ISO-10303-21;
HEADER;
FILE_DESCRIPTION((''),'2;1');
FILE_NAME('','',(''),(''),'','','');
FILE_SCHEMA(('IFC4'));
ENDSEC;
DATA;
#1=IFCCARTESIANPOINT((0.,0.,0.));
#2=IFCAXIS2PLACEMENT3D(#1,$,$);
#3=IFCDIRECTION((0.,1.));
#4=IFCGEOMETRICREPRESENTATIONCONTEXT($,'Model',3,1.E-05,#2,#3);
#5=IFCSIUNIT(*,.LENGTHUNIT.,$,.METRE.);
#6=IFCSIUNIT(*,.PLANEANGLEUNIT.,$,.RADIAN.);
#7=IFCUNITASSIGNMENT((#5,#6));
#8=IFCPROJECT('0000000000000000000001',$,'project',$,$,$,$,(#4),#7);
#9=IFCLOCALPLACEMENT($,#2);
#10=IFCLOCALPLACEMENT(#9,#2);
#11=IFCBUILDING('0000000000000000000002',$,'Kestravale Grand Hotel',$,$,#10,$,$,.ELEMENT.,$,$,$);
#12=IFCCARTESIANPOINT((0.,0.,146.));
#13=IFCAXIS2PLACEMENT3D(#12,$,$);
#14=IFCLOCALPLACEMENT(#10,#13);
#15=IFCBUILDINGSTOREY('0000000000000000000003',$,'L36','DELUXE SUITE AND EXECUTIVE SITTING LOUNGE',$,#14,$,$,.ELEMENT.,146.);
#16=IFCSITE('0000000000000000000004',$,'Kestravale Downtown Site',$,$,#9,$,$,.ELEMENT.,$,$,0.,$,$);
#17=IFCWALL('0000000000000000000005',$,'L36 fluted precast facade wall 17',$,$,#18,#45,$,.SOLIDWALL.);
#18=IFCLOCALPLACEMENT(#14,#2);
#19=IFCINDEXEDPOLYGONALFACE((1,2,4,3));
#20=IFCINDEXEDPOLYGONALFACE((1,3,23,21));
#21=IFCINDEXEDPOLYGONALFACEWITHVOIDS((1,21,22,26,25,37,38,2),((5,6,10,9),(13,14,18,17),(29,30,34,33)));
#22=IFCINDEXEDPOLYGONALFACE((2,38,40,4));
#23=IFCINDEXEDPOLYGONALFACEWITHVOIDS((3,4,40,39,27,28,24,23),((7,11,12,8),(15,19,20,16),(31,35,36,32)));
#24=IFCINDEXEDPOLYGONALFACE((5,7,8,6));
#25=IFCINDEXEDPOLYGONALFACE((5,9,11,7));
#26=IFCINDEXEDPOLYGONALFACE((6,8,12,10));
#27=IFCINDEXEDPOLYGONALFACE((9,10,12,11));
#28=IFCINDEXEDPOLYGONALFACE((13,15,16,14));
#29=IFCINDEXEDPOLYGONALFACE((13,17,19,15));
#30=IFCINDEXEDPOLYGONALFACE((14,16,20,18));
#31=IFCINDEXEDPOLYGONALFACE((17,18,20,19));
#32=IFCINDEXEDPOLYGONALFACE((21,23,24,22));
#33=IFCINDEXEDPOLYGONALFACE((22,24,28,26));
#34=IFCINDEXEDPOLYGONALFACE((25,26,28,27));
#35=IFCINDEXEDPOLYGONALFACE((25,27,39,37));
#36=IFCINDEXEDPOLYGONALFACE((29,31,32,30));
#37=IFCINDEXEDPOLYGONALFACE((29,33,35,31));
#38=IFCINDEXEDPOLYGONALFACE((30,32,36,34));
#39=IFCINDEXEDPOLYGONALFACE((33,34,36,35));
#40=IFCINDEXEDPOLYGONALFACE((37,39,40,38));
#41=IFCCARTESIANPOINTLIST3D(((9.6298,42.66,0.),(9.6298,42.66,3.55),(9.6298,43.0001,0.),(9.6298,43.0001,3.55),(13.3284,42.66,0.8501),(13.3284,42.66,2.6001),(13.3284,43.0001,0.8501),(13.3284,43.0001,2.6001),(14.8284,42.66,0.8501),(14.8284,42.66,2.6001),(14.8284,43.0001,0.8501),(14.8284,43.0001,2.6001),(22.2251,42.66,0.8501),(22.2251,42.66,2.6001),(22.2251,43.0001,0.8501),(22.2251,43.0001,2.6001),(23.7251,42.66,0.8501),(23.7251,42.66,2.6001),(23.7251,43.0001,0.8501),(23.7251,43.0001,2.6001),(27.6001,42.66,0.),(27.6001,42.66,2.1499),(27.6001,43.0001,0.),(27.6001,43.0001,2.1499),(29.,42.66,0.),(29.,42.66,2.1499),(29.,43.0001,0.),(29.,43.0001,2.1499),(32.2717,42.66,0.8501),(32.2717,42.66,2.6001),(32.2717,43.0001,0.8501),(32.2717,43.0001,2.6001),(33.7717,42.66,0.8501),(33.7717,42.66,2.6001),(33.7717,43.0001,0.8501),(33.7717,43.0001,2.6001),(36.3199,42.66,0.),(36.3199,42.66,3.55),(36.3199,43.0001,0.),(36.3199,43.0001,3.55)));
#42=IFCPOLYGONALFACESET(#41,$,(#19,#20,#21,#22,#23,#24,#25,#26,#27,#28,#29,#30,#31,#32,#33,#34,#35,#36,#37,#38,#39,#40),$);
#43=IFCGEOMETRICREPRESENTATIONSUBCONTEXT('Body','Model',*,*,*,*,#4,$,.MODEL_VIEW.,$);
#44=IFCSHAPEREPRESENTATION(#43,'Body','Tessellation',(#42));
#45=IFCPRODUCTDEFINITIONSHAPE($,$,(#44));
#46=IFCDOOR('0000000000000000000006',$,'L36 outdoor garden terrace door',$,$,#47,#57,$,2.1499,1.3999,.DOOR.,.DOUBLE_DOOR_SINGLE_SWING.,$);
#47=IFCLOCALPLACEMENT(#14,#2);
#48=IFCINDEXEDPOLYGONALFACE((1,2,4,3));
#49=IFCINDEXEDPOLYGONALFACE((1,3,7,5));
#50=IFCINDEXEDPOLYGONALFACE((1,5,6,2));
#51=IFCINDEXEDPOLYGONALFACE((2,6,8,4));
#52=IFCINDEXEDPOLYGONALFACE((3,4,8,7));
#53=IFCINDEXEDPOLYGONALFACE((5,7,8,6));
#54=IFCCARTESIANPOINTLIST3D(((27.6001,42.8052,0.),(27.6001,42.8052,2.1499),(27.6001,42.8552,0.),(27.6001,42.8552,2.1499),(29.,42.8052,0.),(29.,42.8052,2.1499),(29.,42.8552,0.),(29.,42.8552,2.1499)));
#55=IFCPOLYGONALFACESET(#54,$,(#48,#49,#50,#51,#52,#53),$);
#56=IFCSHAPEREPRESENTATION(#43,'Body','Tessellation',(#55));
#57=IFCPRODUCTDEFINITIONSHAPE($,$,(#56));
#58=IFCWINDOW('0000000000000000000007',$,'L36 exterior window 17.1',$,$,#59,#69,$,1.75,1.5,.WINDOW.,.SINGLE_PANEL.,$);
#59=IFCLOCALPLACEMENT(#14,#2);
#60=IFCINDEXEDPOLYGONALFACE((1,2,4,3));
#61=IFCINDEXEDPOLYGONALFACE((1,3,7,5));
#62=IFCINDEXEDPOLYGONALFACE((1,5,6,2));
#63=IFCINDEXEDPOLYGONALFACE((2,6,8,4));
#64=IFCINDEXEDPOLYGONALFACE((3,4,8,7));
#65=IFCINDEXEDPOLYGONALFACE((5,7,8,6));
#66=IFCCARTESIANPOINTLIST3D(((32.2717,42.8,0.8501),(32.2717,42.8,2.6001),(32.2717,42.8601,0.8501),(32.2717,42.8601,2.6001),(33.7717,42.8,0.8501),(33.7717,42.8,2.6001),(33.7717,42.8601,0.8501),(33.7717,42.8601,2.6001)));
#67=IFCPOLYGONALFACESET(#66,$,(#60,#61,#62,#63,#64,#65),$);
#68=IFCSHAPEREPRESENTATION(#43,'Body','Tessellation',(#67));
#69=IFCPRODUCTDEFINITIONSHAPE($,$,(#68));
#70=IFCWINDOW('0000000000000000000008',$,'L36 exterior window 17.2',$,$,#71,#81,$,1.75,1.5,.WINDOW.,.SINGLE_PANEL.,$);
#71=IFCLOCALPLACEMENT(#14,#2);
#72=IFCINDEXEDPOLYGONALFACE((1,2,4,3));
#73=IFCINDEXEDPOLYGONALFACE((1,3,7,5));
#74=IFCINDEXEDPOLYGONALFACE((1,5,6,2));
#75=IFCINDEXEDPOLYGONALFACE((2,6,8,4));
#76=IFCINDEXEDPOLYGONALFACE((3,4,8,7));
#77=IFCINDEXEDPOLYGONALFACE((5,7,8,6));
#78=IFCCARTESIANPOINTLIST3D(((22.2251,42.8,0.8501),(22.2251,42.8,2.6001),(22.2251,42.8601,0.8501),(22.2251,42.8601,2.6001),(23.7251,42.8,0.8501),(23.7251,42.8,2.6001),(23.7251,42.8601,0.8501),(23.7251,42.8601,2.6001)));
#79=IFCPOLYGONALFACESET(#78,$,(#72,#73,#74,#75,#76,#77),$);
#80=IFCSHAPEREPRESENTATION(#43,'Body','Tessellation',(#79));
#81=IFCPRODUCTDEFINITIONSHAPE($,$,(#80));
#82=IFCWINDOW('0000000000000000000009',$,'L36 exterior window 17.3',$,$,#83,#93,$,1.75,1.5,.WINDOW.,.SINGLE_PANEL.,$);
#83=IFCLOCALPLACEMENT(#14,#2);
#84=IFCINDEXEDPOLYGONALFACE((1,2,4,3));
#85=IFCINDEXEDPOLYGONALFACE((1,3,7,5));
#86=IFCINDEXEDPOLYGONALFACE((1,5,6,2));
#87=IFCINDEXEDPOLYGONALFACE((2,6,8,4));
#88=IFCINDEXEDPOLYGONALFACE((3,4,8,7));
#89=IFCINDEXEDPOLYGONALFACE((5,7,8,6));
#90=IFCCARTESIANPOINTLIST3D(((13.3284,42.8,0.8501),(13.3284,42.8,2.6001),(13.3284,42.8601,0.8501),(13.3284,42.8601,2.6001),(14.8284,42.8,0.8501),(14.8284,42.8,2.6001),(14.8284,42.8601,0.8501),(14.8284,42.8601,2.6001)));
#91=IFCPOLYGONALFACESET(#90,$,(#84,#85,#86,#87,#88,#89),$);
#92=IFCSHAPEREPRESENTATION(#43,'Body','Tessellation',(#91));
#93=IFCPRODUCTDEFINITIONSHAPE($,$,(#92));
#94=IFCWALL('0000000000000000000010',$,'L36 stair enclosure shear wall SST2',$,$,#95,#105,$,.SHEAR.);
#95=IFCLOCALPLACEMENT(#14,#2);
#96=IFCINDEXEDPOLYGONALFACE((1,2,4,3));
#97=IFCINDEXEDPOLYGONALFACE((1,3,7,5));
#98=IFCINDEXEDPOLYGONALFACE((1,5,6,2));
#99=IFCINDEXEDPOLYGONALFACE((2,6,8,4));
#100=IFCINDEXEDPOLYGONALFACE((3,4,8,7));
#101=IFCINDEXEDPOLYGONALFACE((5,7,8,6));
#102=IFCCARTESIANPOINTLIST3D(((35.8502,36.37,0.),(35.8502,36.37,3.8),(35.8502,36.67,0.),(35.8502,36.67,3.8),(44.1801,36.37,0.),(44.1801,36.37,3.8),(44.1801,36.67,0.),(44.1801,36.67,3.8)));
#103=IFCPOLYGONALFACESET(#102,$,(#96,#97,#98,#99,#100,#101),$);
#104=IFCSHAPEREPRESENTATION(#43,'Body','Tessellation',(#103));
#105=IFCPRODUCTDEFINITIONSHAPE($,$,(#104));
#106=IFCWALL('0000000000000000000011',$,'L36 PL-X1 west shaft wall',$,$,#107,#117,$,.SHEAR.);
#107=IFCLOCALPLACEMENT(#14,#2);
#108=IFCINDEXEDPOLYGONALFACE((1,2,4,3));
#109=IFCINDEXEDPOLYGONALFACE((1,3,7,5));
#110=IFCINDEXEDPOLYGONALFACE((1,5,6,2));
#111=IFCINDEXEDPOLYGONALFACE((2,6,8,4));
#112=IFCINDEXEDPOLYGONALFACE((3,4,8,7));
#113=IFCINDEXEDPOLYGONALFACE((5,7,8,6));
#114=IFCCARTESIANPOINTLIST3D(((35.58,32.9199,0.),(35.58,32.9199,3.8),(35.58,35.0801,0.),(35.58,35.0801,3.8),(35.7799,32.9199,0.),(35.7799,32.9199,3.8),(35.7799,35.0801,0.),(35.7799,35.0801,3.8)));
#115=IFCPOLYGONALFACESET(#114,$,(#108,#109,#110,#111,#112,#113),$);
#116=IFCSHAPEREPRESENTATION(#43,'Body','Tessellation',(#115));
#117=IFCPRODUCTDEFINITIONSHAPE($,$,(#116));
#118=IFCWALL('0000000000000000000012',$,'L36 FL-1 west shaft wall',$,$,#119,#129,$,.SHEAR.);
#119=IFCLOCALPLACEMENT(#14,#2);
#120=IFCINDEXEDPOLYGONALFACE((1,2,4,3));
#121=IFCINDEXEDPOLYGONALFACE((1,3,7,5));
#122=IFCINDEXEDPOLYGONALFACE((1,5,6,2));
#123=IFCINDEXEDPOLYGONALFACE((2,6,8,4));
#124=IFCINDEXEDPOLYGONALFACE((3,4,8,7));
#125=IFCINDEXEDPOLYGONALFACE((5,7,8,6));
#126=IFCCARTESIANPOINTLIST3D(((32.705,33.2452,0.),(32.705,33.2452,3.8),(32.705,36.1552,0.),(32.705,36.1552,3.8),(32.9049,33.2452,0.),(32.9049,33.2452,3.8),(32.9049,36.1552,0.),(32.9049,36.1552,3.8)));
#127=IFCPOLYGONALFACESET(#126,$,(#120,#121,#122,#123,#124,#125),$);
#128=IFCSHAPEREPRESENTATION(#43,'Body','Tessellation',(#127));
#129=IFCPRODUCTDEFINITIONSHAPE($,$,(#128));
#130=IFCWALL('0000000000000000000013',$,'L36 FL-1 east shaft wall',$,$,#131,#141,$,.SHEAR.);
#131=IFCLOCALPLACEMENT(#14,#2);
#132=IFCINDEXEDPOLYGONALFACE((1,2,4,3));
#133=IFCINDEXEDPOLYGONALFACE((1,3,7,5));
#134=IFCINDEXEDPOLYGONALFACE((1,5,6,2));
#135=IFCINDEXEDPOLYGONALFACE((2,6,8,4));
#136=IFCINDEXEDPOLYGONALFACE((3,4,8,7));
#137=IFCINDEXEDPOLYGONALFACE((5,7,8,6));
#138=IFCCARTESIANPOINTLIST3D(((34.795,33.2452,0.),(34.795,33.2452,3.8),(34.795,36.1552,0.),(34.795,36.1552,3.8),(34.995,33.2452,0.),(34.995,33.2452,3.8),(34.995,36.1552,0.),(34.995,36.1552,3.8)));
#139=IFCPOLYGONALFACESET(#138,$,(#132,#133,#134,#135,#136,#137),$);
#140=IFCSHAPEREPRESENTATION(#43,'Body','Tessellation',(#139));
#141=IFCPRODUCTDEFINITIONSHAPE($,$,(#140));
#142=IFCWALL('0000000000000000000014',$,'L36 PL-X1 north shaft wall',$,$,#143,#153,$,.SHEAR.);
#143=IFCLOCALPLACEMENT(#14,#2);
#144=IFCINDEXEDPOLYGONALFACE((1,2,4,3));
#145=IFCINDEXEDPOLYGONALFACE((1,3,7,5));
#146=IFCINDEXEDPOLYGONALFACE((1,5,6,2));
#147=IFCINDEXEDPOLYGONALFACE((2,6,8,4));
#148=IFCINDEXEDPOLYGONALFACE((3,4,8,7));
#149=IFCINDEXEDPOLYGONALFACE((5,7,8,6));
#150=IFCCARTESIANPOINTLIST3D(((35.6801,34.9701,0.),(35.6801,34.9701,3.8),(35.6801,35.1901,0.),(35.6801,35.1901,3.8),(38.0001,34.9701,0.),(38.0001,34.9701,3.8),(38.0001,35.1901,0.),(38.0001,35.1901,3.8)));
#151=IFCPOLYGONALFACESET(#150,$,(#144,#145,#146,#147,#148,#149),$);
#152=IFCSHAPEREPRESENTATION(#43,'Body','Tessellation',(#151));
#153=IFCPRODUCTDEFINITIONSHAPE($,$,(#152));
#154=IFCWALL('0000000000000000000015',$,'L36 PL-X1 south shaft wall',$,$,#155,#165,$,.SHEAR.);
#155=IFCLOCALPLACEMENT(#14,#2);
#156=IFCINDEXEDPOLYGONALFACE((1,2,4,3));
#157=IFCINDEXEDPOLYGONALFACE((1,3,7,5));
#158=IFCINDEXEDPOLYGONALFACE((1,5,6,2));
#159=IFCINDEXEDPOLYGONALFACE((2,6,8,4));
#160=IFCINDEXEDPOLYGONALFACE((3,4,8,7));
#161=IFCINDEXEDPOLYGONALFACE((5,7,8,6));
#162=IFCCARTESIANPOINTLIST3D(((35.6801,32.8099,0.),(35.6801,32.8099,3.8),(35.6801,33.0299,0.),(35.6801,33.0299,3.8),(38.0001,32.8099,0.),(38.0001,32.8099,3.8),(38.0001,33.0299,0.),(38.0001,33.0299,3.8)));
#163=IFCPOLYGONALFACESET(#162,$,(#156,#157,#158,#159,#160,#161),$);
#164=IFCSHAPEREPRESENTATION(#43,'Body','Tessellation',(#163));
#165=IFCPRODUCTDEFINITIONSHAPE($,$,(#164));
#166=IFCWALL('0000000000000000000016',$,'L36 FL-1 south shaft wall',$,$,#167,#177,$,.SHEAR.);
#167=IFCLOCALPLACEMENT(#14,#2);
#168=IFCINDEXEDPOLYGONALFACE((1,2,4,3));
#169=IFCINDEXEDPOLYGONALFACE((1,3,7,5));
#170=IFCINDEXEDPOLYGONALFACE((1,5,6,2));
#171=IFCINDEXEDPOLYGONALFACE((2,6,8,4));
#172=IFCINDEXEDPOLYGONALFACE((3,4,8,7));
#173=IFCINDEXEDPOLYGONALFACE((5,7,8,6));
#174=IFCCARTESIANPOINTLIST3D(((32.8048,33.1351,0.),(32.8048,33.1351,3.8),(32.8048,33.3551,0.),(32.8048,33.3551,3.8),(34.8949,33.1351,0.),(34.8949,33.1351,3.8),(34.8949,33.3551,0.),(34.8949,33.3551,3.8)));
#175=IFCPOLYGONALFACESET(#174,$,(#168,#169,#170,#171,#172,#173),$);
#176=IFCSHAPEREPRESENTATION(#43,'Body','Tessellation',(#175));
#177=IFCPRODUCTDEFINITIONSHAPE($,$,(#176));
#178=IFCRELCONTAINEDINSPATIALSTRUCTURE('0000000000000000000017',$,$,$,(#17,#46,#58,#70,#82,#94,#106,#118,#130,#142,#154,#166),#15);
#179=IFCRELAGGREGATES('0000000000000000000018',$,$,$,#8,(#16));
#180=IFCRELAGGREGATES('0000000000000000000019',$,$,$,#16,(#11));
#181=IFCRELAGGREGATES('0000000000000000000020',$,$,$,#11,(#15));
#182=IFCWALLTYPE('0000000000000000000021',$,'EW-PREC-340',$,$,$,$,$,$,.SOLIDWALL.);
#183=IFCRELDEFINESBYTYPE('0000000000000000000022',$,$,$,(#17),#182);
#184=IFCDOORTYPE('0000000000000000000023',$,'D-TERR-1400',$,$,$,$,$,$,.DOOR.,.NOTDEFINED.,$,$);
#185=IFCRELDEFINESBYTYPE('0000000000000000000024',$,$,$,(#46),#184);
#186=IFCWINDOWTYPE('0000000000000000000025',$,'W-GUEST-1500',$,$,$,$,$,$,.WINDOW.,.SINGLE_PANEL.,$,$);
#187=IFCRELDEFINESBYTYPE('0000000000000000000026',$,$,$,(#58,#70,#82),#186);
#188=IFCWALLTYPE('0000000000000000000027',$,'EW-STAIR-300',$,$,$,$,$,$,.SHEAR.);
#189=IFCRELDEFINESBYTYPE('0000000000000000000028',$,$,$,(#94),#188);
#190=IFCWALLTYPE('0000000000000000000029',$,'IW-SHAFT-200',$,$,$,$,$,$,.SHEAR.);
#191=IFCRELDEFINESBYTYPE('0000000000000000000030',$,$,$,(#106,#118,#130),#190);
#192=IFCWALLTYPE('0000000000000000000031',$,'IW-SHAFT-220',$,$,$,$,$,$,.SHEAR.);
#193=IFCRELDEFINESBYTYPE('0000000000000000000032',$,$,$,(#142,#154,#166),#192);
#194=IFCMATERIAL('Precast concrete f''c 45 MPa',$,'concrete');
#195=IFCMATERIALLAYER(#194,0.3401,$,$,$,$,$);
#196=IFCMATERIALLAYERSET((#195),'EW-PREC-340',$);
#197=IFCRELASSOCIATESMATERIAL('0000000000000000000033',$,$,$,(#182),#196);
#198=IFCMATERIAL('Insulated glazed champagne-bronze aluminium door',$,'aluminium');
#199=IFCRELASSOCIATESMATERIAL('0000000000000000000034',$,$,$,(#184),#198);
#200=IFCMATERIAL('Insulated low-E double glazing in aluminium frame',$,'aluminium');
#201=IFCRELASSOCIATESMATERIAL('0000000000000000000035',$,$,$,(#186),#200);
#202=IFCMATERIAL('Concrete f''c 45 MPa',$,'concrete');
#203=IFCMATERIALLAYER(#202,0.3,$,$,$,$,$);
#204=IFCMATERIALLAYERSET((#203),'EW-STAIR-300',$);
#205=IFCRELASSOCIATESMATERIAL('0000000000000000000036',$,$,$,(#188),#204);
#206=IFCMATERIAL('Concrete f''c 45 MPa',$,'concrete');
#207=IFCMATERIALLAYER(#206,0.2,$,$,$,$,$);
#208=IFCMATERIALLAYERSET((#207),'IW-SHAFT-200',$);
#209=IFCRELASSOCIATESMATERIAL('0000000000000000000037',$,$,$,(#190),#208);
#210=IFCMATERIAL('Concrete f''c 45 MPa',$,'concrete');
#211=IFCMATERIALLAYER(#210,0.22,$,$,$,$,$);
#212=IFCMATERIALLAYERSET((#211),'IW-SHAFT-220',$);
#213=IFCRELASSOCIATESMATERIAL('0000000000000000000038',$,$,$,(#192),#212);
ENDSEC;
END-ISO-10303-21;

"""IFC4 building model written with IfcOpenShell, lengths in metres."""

from ifc_helpers import new_model, si_unit, direction, frame, frame_2d, origin, place, context, subcontext, project, spatial, rectangle, extrude, material, layer, layer_set, type_object, element, fill, save


model = new_model("IFC4")

# Units and contexts
model_context = context("Model", 3, precision=1e-05, world=origin(), true_north=direction((0.0, 1.0)))
body_context = subcontext(model_context, "Body", "Model", "MODEL_VIEW")
ifc_project = project(units=[si_unit("LENGTHUNIT", "METRE"), si_unit("PLANEANGLEUNIT", "RADIAN")], contexts=[model_context])

# Site, building, storey
site_placement = place(None, origin())
site = spatial("IfcSite", under=ifc_project, at=site_placement, Name="Kestravale Downtown Site", CompositionType="ELEMENT", RefElevation=0.0)
building_placement = place(site_placement, origin())
building = spatial("IfcBuilding", under=site, at=building_placement, Name="Kestravale Grand Hotel", CompositionType="ELEMENT")
storey_placement = place(building_placement, frame((0.0, 0.0, 146.0)))
storey = spatial("IfcBuildingStorey", under=building, at=storey_placement, Name="L36", Description="DELUXE SUITE AND EXECUTIVE SITTING LOUNGE", CompositionType="ELEMENT", Elevation=146.0)

# Shared definitions
ifc_material_1 = material(Name="Precast concrete f'c 45 MPa", Category="concrete")
ifc_layer_1 = layer(ifc_material_1, 0.3401)
ifc_layer_set_1 = layer_set([ifc_layer_1], Name="EW-PREC-340")
wall_type_1 = type_object("IfcWallType", Name="EW-PREC-340", PredefinedType="SOLIDWALL", material=ifc_layer_set_1)

# Wall, openings, door, windows
wall_1_placement = place(storey_placement, frame((36.3201, 42.8301, 0.0), z_axis=(0.0, 0.0, 1.0), x_axis=(-1.0, 0.0, 0.0)))
wall_1 = element("IfcWall", 1, at=wall_1_placement, inside=storey, type_object=wall_type_1, Name="L36 fluted precast facade wall 17", PredefinedType="SOLIDWALL", context=body_context, shape_type="SweptSolid", body=[
    extrude(rectangle(XDim=26.6902, YDim=0.3401, at=frame_2d((13.3452, 0.0))), origin(), (0.0, 0.0, 1.0), 3.55),
])
opening_1_placement = place(wall_1_placement, frame((7.3201, 0.0, 0.0)))
opening_1 = element("IfcOpeningElement", 2, at=opening_1_placement, cuts=wall_1, PredefinedType="OPENING", context=body_context, shape_type="SweptSolid", body=[
    extrude(rectangle(XDim=1.3999, YDim=2.1499, at=frame_2d((0.7, 1.075))), frame((0.0, 0.1799, 0.0), z_axis=(0.0, -1.0, 0.0), x_axis=(1.0, 0.0, 0.0)), (0.0, 0.0, 1.0), 0.3601),
])
opening_2_placement = place(wall_1_placement, frame((2.5483, 0.0, 0.8501)))
opening_2 = element("IfcOpeningElement", 3, at=opening_2_placement, cuts=wall_1, PredefinedType="OPENING", context=body_context, shape_type="SweptSolid", body=[
    extrude(rectangle(XDim=1.5, YDim=1.75, at=frame_2d((0.75, 0.875))), frame((0.0, 0.1799, 0.0), z_axis=(0.0, -1.0, 0.0), x_axis=(1.0, 0.0, 0.0)), (0.0, 0.0, 1.0), 0.3601),
])
opening_3_placement = place(wall_1_placement, frame((12.595, 0.0, 0.8501)))
opening_3 = element("IfcOpeningElement", 4, at=opening_3_placement, cuts=wall_1, PredefinedType="OPENING", context=body_context, shape_type="SweptSolid", body=[
    extrude(rectangle(XDim=1.5, YDim=1.75, at=frame_2d((0.75, 0.875))), frame((0.0, 0.1799, 0.0), z_axis=(0.0, -1.0, 0.0), x_axis=(1.0, 0.0, 0.0)), (0.0, 0.0, 1.0), 0.3601),
])
opening_4_placement = place(wall_1_placement, frame((21.4917, 0.0, 0.8501)))
opening_4 = element("IfcOpeningElement", 5, at=opening_4_placement, cuts=wall_1, PredefinedType="OPENING", context=body_context, shape_type="SweptSolid", body=[
    extrude(rectangle(XDim=1.5, YDim=1.75, at=frame_2d((0.75, 0.875))), frame((0.0, 0.1799, 0.0), z_axis=(0.0, -1.0, 0.0), x_axis=(1.0, 0.0, 0.0)), (0.0, 0.0, 1.0), 0.3601),
])
ifc_material_2 = material(Name="Insulated glazed champagne-bronze aluminium door", Category="aluminium")
door_type_1 = type_object("IfcDoorType", Name="D-TERR-1400", OperationType="NOTDEFINED", PredefinedType="DOOR", material=ifc_material_2)
door_1_placement = place(opening_1_placement, origin())
door_1 = element("IfcDoor", 6, at=door_1_placement, inside=storey, type_object=door_type_1, Name="L36 outdoor garden terrace door", OperationType="DOUBLE_DOOR_SINGLE_SWING", OverallHeight=2.1499, OverallWidth=1.3999, PredefinedType="DOOR", context=body_context, shape_type="SweptSolid", body=[
    extrude(rectangle(XDim=1.3999, YDim=2.1499, at=frame_2d((0.7, 1.075))), frame((0.0, 0.0249, 0.0), z_axis=(0.0, -1.0, 0.0), x_axis=(1.0, 0.0, 0.0)), (0.0, 0.0, 1.0), 0.05),
])
fill(opening_1, door_1)
ifc_material_3 = material(Name="Insulated low-E double glazing in aluminium frame", Category="aluminium")
window_type = type_object("IfcWindowType", Name="W-GUEST-1500", PartitioningType="SINGLE_PANEL", PredefinedType="WINDOW", material=ifc_material_3)
window_1_placement = place(opening_2_placement, origin())
window_1 = element("IfcWindow", 7, at=window_1_placement, inside=storey, type_object=window_type, Name="L36 exterior window 17.1", OverallHeight=1.75, OverallWidth=1.5, PartitioningType="SINGLE_PANEL", PredefinedType="WINDOW", context=body_context, shape_type="SweptSolid", body=[
    extrude(rectangle(XDim=1.5, YDim=1.75, at=frame_2d((0.75, 0.875))), frame((0.0, 0.03, 0.0), z_axis=(0.0, -1.0, 0.0), x_axis=(1.0, 0.0, 0.0)), (0.0, 0.0, 1.0), 0.0601),
])
fill(opening_2, window_1)
window_2_placement = place(opening_3_placement, origin())
window_2 = element("IfcWindow", 8, at=window_2_placement, inside=storey, type_object=window_type, Name="L36 exterior window 17.2", OverallHeight=1.75, OverallWidth=1.5, PartitioningType="SINGLE_PANEL", PredefinedType="WINDOW", context=body_context, shape_type="SweptSolid", body=[
    extrude(rectangle(XDim=1.5, YDim=1.75, at=frame_2d((0.75, 0.875))), frame((0.0, 0.03, 0.0), z_axis=(0.0, -1.0, 0.0), x_axis=(1.0, 0.0, 0.0)), (0.0, 0.0, 1.0), 0.0601),
])
fill(opening_3, window_2)
window_3_placement = place(opening_4_placement, origin())
window_3 = element("IfcWindow", 9, at=window_3_placement, inside=storey, type_object=window_type, Name="L36 exterior window 17.3", OverallHeight=1.75, OverallWidth=1.5, PartitioningType="SINGLE_PANEL", PredefinedType="WINDOW", context=body_context, shape_type="SweptSolid", body=[
    extrude(rectangle(XDim=1.5, YDim=1.75, at=frame_2d((0.75, 0.875))), frame((0.0, 0.03, 0.0), z_axis=(0.0, -1.0, 0.0), x_axis=(1.0, 0.0, 0.0)), (0.0, 0.0, 1.0), 0.0601),
])
fill(opening_4, window_3)

# Wall
ifc_material_4 = material(Name="Concrete f'c 45 MPa", Category="concrete")
ifc_layer_2 = layer(ifc_material_4, 0.3)
ifc_layer_set_2 = layer_set([ifc_layer_2], Name="EW-STAIR-300")
wall_type_2 = type_object("IfcWallType", Name="EW-STAIR-300", PredefinedType="SHEAR", material=ifc_layer_set_2)
wall_2_placement = place(storey_placement, frame((35.8501, 36.52, 0.0), z_axis=(0.0, 0.0, 1.0), x_axis=(1.0, 0.0, 0.0)))
element("IfcWall", 10, at=wall_2_placement, inside=storey, type_object=wall_type_2, Name="L36 stair enclosure shear wall SST2", PredefinedType="SHEAR", context=body_context, shape_type="SweptSolid", body=[
    extrude(rectangle(XDim=8.3298, YDim=0.3, at=frame_2d((4.165, 0.0))), origin(), (0.0, 0.0, 1.0), 3.8),
])

# Walls
ifc_material_5 = material(Name="Concrete f'c 45 MPa", Category="concrete")
ifc_layer_3 = layer(ifc_material_5, 0.2)
ifc_layer_set_3 = layer_set([ifc_layer_3], Name="IW-SHAFT-200")
wall_type_3 = type_object("IfcWallType", Name="IW-SHAFT-200", PredefinedType="SHEAR", material=ifc_layer_set_3)
wall_3_placement = place(storey_placement, frame((35.6799, 32.9199, 0.0), z_axis=(0.0, 0.0, 1.0), x_axis=(0.0, 1.0, 0.0)))
element("IfcWall", 11, at=wall_3_placement, inside=storey, type_object=wall_type_3, Name="L36 PL-X1 west shaft wall", PredefinedType="SHEAR", context=body_context, shape_type="SweptSolid", body=[
    extrude(rectangle(XDim=2.1602, YDim=0.2, at=frame_2d((1.0801, 0.0))), origin(), (0.0, 0.0, 1.0), 3.8),
])
for number, where, z_axis, x_axis, name in (
    (12, (32.8049, 33.2451, 0.0), (0.0, 0.0, 1.0), (0.0, 1.0, 0.0), "L36 FL-1 west shaft wall"),
    (13, (34.895, 33.2451, 0.0), (0.0, 0.0, 1.0), (0.0, 1.0, 0.0), "L36 FL-1 east shaft wall"),
):
    element("IfcWall", number, at=place(storey_placement, frame(where, z_axis=z_axis, x_axis=x_axis)), inside=storey, type_object=wall_type_3, Name=name, PredefinedType="SHEAR", context=body_context, shape_type="SweptSolid", body=[
        extrude(rectangle(XDim=2.9099, YDim=0.2, at=frame_2d((1.4551, 0.0))), origin(), (0.0, 0.0, 1.0), 3.8),
    ])
ifc_material_6 = material(Name="Concrete f'c 45 MPa", Category="concrete")
ifc_layer_4 = layer(ifc_material_6, 0.22)
ifc_layer_set_4 = layer_set([ifc_layer_4], Name="IW-SHAFT-220")
wall_type_4 = type_object("IfcWallType", Name="IW-SHAFT-220", PredefinedType="SHEAR", material=ifc_layer_set_4)
for number, where, z_axis, x_axis, name in (
    (14, (35.6799, 35.0801, 0.0), (0.0, 0.0, 1.0), (1.0, 0.0, 0.0), "L36 PL-X1 north shaft wall"),
    (15, (35.6799, 32.9199, 0.0), (0.0, 0.0, 1.0), (1.0, 0.0, 0.0), "L36 PL-X1 south shaft wall"),
):
    element("IfcWall", number, at=place(storey_placement, frame(where, z_axis=z_axis, x_axis=x_axis)), inside=storey, type_object=wall_type_4, Name=name, PredefinedType="SHEAR", context=body_context, shape_type="SweptSolid", body=[
        extrude(rectangle(XDim=2.3201, YDim=0.22, at=frame_2d((1.1602, 0.0))), origin(), (0.0, 0.0, 1.0), 3.8),
    ])

# Wall
wall_4_placement = place(storey_placement, frame((32.8049, 33.2451, 0.0), z_axis=(0.0, 0.0, 1.0), x_axis=(1.0, 0.0, 0.0)))
element("IfcWall", 16, at=wall_4_placement, inside=storey, type_object=wall_type_4, Name="L36 FL-1 south shaft wall", PredefinedType="SHEAR", context=body_context, shape_type="SweptSolid", body=[
    extrude(rectangle(XDim=2.0901, YDim=0.22, at=frame_2d((1.0449, 0.0))), origin(), (0.0, 0.0, 1.0), 3.8),
])

save(model, "model.ifc")
